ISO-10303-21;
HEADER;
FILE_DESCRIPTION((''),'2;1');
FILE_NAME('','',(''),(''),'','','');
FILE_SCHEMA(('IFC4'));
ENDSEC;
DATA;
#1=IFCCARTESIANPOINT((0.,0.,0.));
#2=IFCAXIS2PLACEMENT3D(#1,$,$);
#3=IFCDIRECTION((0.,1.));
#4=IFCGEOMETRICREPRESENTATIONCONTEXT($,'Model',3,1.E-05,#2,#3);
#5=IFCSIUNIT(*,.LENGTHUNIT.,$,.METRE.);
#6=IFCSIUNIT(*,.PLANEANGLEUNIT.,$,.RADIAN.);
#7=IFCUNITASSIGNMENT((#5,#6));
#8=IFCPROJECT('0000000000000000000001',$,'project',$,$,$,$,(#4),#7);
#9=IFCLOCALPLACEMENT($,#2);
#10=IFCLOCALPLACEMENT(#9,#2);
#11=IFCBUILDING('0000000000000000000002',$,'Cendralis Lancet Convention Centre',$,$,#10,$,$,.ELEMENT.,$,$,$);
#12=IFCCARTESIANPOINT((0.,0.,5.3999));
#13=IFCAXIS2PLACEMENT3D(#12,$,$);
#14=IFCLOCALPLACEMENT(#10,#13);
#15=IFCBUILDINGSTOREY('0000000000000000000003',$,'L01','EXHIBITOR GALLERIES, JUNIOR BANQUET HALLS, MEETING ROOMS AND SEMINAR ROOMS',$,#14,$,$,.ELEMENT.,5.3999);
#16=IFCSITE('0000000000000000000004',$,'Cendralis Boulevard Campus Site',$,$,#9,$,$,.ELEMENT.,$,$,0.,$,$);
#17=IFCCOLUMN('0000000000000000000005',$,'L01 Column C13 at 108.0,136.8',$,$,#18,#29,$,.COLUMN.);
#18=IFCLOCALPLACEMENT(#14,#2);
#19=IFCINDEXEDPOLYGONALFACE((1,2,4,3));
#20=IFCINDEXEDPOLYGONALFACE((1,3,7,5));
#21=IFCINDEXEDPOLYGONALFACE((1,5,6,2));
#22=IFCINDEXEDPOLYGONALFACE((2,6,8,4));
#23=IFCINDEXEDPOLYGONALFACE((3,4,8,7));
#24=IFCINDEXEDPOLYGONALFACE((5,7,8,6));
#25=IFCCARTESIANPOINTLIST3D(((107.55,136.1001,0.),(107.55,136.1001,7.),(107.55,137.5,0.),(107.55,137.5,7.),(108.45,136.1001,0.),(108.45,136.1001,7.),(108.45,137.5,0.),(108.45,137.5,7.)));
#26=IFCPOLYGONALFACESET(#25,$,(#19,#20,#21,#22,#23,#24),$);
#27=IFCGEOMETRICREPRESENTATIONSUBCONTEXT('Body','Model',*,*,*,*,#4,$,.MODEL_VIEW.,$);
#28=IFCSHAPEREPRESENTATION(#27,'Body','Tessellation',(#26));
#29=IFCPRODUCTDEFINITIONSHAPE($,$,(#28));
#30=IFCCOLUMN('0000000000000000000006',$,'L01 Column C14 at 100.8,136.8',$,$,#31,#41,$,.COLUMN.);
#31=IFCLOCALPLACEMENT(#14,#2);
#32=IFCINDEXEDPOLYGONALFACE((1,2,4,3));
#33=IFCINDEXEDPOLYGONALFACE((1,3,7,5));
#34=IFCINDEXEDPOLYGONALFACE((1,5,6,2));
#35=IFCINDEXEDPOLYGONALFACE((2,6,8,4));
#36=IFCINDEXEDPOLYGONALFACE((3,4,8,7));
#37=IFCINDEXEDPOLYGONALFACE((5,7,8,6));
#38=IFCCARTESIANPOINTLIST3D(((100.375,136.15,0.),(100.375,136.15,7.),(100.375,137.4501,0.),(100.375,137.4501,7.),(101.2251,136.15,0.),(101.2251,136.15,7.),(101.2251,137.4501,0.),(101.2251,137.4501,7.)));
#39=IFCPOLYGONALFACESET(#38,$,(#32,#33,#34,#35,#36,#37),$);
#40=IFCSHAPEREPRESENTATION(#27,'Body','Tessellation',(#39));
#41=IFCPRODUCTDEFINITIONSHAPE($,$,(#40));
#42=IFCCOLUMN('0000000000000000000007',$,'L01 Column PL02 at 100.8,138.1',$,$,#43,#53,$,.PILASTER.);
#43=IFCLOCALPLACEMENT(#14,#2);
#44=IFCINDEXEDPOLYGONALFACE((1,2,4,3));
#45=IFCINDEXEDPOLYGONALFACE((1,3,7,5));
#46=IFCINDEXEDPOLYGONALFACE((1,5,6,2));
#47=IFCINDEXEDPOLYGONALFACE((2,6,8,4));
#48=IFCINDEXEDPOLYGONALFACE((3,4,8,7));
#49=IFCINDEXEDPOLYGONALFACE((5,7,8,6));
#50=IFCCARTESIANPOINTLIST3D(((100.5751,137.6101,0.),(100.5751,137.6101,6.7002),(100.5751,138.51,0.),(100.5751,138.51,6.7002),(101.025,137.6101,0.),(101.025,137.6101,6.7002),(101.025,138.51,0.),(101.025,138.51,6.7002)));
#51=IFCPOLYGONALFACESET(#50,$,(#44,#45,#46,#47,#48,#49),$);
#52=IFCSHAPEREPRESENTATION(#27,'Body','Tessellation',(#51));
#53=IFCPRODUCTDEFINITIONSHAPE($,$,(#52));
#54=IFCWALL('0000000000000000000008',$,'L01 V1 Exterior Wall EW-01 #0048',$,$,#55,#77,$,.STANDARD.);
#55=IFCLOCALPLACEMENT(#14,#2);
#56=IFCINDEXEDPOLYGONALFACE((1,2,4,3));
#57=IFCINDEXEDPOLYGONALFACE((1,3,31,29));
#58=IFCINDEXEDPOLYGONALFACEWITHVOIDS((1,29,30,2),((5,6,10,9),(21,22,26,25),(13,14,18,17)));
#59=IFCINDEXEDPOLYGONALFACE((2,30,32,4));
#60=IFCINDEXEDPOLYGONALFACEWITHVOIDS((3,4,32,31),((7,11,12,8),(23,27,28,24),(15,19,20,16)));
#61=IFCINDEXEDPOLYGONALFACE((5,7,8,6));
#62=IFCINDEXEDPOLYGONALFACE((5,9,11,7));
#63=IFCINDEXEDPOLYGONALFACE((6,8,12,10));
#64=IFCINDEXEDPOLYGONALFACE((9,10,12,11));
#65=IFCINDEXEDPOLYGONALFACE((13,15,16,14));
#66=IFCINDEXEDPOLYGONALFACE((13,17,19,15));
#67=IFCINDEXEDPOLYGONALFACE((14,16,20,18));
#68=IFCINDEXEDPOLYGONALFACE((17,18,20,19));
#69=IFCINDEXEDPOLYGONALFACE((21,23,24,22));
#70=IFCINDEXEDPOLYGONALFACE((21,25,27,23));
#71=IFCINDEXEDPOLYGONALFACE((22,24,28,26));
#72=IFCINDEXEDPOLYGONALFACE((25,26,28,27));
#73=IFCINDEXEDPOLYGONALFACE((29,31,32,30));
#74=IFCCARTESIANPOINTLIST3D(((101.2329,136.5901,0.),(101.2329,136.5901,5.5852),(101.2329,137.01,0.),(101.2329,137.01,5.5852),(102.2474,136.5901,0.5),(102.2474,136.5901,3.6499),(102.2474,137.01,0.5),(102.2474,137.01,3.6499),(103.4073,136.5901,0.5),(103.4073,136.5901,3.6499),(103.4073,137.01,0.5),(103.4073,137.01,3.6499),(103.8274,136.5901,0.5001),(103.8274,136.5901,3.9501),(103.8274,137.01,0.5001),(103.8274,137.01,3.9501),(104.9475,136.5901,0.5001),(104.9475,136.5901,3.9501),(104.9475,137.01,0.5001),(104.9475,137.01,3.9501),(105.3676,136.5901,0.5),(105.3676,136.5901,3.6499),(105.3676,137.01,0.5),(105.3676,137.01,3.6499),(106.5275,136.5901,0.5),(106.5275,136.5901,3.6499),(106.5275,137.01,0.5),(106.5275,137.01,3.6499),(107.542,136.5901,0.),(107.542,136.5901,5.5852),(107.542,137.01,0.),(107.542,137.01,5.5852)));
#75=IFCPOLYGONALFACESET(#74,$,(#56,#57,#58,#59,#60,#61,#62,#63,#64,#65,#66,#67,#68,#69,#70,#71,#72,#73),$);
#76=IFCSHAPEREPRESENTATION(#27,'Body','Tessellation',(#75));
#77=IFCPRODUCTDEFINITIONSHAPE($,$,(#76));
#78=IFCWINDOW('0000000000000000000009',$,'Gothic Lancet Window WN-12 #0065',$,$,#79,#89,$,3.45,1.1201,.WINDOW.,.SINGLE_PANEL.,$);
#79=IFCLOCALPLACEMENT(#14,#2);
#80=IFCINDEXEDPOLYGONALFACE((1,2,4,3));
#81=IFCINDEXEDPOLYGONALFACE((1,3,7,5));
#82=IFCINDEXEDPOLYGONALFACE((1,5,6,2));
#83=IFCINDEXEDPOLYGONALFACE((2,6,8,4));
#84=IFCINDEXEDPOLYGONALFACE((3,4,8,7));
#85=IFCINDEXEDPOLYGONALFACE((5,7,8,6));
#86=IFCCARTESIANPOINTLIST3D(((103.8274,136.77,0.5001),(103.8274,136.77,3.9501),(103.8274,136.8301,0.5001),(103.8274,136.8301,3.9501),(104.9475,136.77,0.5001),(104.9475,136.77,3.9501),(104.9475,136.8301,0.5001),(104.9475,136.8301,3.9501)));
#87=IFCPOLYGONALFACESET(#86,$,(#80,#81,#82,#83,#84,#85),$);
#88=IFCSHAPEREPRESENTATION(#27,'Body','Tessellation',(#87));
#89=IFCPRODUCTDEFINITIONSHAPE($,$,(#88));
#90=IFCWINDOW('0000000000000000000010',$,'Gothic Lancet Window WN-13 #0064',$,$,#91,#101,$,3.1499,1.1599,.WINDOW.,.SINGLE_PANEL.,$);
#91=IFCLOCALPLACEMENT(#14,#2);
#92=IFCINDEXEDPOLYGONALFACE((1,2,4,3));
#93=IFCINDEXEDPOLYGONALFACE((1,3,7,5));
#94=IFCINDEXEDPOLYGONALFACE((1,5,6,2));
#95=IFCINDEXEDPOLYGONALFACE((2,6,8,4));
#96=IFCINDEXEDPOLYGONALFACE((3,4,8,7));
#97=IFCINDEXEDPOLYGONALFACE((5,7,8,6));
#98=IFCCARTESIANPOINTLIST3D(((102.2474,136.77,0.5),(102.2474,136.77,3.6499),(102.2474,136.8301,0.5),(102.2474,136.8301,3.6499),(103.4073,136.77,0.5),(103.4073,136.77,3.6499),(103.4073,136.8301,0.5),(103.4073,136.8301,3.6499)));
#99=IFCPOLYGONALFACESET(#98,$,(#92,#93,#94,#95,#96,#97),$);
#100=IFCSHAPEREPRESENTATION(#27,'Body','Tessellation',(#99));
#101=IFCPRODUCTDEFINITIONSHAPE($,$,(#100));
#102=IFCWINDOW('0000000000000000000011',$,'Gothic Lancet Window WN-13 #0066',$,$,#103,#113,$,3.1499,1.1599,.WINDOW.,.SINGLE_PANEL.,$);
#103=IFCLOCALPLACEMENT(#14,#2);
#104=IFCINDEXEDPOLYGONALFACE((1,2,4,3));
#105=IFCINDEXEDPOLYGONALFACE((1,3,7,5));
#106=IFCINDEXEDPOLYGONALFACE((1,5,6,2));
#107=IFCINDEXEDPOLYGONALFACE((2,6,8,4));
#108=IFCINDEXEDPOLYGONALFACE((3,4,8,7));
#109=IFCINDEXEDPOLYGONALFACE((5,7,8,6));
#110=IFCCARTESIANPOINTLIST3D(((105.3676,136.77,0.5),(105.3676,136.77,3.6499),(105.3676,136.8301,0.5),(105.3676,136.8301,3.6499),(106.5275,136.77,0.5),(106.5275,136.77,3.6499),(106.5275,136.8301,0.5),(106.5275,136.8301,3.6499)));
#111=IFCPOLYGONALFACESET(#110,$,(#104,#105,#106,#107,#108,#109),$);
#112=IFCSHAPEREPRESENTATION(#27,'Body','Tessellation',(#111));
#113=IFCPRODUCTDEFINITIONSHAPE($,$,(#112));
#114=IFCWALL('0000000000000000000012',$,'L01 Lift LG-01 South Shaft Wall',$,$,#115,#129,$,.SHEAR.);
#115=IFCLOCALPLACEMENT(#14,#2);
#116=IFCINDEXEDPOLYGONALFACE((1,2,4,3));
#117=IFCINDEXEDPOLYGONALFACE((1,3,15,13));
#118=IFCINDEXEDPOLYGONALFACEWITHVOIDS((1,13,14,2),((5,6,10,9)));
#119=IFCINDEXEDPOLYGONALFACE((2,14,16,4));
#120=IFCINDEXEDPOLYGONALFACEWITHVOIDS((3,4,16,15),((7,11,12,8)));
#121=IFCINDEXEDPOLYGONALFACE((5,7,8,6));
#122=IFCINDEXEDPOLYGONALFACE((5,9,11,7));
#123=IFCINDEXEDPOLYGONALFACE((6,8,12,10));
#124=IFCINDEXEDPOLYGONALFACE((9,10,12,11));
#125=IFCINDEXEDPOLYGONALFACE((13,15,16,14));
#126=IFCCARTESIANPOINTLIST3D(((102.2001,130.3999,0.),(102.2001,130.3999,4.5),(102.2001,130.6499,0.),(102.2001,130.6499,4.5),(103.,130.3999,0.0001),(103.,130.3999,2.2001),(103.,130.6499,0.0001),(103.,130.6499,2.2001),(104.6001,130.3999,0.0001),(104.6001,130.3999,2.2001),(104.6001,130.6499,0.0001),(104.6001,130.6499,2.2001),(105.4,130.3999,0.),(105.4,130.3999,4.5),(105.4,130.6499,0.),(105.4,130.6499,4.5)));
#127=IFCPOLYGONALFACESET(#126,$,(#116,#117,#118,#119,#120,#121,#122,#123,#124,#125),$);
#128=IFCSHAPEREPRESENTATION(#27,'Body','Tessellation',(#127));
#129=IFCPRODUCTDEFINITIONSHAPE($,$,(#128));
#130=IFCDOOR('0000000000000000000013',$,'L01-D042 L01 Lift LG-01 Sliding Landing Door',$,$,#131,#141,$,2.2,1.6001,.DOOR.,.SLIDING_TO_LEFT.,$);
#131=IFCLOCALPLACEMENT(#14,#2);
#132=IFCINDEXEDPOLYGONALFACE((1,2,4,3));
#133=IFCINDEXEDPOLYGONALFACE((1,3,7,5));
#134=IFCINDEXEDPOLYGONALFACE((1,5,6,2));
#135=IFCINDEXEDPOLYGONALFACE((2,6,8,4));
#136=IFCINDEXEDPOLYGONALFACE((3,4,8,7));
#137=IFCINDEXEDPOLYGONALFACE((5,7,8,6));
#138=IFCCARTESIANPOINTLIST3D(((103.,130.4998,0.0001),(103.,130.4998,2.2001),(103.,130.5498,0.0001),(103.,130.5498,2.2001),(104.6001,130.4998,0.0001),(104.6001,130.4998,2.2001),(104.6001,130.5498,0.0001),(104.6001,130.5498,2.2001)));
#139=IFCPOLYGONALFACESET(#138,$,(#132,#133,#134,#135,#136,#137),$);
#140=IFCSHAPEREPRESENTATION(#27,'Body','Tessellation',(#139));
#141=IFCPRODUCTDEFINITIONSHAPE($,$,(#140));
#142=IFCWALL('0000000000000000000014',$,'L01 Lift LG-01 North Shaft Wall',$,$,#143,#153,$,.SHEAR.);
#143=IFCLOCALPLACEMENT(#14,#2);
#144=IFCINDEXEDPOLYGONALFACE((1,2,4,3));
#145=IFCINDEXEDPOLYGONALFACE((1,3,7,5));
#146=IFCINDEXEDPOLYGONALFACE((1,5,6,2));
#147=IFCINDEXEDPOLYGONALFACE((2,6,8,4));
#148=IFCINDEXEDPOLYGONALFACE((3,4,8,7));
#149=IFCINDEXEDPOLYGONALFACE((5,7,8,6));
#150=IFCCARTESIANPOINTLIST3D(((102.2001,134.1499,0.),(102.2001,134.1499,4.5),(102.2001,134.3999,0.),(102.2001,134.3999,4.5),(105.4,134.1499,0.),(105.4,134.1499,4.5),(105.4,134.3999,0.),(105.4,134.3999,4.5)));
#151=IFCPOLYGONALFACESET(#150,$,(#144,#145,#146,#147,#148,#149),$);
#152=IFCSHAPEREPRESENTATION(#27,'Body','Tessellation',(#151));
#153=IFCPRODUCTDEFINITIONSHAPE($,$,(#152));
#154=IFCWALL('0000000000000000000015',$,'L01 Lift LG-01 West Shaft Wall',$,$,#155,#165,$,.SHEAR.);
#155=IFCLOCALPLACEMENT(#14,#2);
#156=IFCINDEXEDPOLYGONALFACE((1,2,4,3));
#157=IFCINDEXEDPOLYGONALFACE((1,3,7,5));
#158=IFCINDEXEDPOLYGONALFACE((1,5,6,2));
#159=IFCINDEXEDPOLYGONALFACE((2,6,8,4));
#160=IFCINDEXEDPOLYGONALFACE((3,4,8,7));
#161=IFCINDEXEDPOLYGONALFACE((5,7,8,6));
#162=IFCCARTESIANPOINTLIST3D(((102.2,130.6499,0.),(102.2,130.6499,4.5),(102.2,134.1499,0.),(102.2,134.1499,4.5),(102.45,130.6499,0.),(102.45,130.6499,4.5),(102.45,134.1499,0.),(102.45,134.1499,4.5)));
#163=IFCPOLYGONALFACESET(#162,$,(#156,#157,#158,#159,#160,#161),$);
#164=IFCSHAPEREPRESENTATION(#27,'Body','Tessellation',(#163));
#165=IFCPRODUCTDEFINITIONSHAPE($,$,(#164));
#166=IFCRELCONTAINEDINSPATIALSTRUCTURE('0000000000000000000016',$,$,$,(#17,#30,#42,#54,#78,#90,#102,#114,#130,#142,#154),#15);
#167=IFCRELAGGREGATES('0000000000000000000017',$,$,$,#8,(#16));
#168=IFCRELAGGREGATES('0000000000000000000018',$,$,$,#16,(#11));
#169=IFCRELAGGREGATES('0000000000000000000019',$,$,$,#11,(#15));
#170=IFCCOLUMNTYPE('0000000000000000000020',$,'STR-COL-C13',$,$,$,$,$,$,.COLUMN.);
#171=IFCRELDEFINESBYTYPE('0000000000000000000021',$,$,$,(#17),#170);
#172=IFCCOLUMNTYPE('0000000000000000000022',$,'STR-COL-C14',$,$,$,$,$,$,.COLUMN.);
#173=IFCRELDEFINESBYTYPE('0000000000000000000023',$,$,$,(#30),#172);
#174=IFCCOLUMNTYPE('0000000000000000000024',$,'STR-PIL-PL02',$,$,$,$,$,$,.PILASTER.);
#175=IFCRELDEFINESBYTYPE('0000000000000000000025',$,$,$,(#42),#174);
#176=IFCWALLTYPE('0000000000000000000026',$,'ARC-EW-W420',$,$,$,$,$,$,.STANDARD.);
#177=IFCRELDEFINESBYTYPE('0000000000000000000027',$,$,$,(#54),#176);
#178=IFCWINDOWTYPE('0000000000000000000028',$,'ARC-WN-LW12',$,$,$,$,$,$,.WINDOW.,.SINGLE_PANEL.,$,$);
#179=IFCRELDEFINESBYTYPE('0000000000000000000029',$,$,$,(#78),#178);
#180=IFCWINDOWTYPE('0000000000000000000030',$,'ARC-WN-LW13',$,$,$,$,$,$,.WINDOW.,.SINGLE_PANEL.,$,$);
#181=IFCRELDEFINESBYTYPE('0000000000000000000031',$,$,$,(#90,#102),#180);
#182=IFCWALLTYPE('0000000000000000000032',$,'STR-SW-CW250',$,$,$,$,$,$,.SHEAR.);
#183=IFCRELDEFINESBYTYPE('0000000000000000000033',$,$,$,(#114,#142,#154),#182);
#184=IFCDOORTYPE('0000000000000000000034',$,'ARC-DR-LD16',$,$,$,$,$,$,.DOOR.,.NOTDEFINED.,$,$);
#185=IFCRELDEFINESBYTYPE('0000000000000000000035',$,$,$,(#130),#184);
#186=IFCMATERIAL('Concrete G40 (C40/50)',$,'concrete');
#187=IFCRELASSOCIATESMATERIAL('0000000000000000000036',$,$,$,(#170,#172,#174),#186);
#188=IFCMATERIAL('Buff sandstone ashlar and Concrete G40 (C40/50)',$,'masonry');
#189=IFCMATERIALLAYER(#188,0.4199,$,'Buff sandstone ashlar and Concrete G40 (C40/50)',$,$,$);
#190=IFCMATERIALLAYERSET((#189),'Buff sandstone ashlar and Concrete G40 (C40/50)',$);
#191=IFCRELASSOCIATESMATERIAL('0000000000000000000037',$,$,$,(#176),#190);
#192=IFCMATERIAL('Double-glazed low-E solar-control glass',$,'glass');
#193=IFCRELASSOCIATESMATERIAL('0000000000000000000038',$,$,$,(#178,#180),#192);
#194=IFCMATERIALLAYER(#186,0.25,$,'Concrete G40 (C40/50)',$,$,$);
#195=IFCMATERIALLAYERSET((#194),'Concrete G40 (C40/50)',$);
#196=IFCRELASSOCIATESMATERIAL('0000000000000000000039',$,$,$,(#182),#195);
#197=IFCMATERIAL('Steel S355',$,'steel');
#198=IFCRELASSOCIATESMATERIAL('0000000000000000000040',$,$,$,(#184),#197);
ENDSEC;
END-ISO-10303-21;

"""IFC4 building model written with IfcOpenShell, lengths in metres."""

from ifc_helpers import new_model, si_unit, direction, frame, frame_2d, origin, origin_2d, place, context, subcontext, project, spatial, rectangle, extrude, material, layer, layer_set, material_profile, profile_set, type_object, element, fill, save


model = new_model("IFC4")

# Units and contexts
model_context = context("Model", 3, precision=1e-05, world=origin(), true_north=direction((0.0, 1.0)))
body_context = subcontext(model_context, "Body", "Model", "MODEL_VIEW")
ifc_project = project(units=[si_unit("LENGTHUNIT", "METRE"), si_unit("PLANEANGLEUNIT", "RADIAN")], contexts=[model_context])

# Site, building, storey
site_placement = place(None, origin())
site = spatial("IfcSite", under=ifc_project, at=site_placement, Name="Cendralis Boulevard Campus Site", CompositionType="ELEMENT", RefElevation=0.0)
building_placement = place(site_placement, origin())
building = spatial("IfcBuilding", under=site, at=building_placement, Name="Cendralis Lancet Convention Centre", CompositionType="ELEMENT")
storey_placement = place(building_placement, frame((0.0, 0.0, 5.3999)))
storey = spatial("IfcBuildingStorey", under=building, at=storey_placement, Name="L01", Description="EXHIBITOR GALLERIES, JUNIOR BANQUET HALLS, MEETING ROOMS AND SEMINAR ROOMS", CompositionType="ELEMENT", Elevation=5.3999)

# Columns
ifc_material_1 = material(Name="Concrete G40 (C40/50)", Category="concrete")
ifc_material_profile_1 = material_profile(ifc_material_1, rectangle(XDim=0.8999, YDim=1.3999, at=origin_2d()), Name="RC 900x1400")
ifc_profile_set_1 = profile_set([ifc_material_profile_1], Name="Concrete G40 (C40/50)")
column_type_1 = type_object("IfcColumnType", Name="STR-COL-C13", PredefinedType="COLUMN", material=ifc_profile_set_1)
column_1_placement = place(storey_placement, frame((108.0, 136.8, 0.0), z_axis=(0.0, 0.0, 1.0), x_axis=(1.0, 0.0, 0.0)))
element("IfcColumn", 1, at=column_1_placement, inside=storey, type_object=column_type_1, Name="L01 Column C13 at 108.0,136.8", PredefinedType="COLUMN", context=body_context, shape_type="SweptSolid", body=[
    extrude(rectangle(XDim=0.8999, YDim=1.3999, at=origin_2d()), origin(), (0.0, 0.0, 1.0), 7.0),
])
ifc_material_profile_2 = material_profile(ifc_material_1, rectangle(XDim=0.8501, YDim=1.3, at=origin_2d()), Name="RC 850x1300")
ifc_profile_set_2 = profile_set([ifc_material_profile_2], Name="Concrete G40 (C40/50)")
column_type_2 = type_object("IfcColumnType", Name="STR-COL-C14", PredefinedType="COLUMN", material=ifc_profile_set_2)
column_2_placement = place(storey_placement, frame((100.8, 136.8, 0.0), z_axis=(0.0, 0.0, 1.0), x_axis=(1.0, 0.0, 0.0)))
element("IfcColumn", 2, at=column_2_placement, inside=storey, type_object=column_type_2, Name="L01 Column C14 at 100.8,136.8", PredefinedType="COLUMN", context=body_context, shape_type="SweptSolid", body=[
    extrude(rectangle(XDim=0.8501, YDim=1.3, at=origin_2d()), origin(), (0.0, 0.0, 1.0), 7.0),
])
ifc_material_profile_3 = material_profile(ifc_material_1, rectangle(XDim=0.45, YDim=0.8999, at=origin_2d()), Name="RC 450x900")
ifc_profile_set_3 = profile_set([ifc_material_profile_3], Name="Concrete G40 (C40/50)")
column_type_3 = type_object("IfcColumnType", Name="STR-PIL-PL02", PredefinedType="PILASTER", material=ifc_profile_set_3)
column_3_placement = place(storey_placement, frame((100.8, 138.0601, 0.0), z_axis=(0.0, 0.0, 1.0), x_axis=(1.0, 0.0, 0.0)))
element("IfcColumn", 3, at=column_3_placement, inside=storey, type_object=column_type_3, Name="L01 Column PL02 at 100.8,138.1", PredefinedType="PILASTER", context=body_context, shape_type="SweptSolid", body=[
    extrude(rectangle(XDim=0.45, YDim=0.8999, at=origin_2d()), origin(), (0.0, 0.0, 1.0), 6.7002),
])

# Wall, openings, windows
ifc_material_2 = material(Name="Buff sandstone ashlar and Concrete G40 (C40/50)", Category="masonry")
ifc_layer_1 = layer(ifc_material_2, 0.4199, Name="Buff sandstone ashlar and Concrete G40 (C40/50)")
ifc_layer_set_1 = layer_set([ifc_layer_1], Name="Buff sandstone ashlar and Concrete G40 (C40/50)")
wall_type_1 = type_object("IfcWallType", Name="ARC-EW-W420", PredefinedType="STANDARD", material=ifc_layer_set_1)
wall_1_placement = place(storey_placement, frame((101.2329, 136.8, 0.0), z_axis=(0.0, 0.0, 1.0), x_axis=(1.0, 0.0, 0.0)))
wall_1 = element("IfcWall", 4, at=wall_1_placement, inside=storey, type_object=wall_type_1, Name="L01 V1 Exterior Wall EW-01 #0048", PredefinedType="STANDARD", context=body_context, shape_type="SweptSolid", body=[
    extrude(rectangle(XDim=6.3091, YDim=0.4199, at=frame_2d((3.1545, 0.0))), origin(), (0.0, 0.0, 1.0), 5.5852),
])
opening_1_placement = place(wall_1_placement, frame((1.0144, 0.0, 0.5)))
opening_1 = element("IfcOpeningElement", 5, at=opening_1_placement, cuts=wall_1, PredefinedType="OPENING", context=body_context, shape_type="SweptSolid", body=[
    extrude(rectangle(XDim=1.1599, YDim=3.1499, at=frame_2d((0.5801, 1.575))), frame((0.0, 0.22, 0.0), z_axis=(0.0, -1.0, 0.0), x_axis=(1.0, 0.0, 0.0)), (0.0, 0.0, 1.0), 0.4399),
])
opening_2_placement = place(wall_1_placement, frame((2.5945, 0.0, 0.5)))
opening_2 = element("IfcOpeningElement", 6, at=opening_2_placement, cuts=wall_1, PredefinedType="OPENING", context=body_context, shape_type="SweptSolid", body=[
    extrude(rectangle(XDim=1.1201, YDim=3.45, at=frame_2d((0.5601, 1.7251))), frame((0.0, 0.22, 0.0), z_axis=(0.0, -1.0, 0.0), x_axis=(1.0, 0.0, 0.0)), (0.0, 0.0, 1.0), 0.4399),
])
opening_3_placement = place(wall_1_placement, frame((4.1345, 0.0, 0.5)))
opening_3 = element("IfcOpeningElement", 7, at=opening_3_placement, cuts=wall_1, PredefinedType="OPENING", context=body_context, shape_type="SweptSolid", body=[
    extrude(rectangle(XDim=1.1599, YDim=3.1499, at=frame_2d((0.5801, 1.575))), frame((0.0, 0.22, 0.0), z_axis=(0.0, -1.0, 0.0), x_axis=(1.0, 0.0, 0.0)), (0.0, 0.0, 1.0), 0.4399),
])
ifc_material_3 = material(Name="Double-glazed low-E solar-control glass", Category="glass")
window_type_1 = type_object("IfcWindowType", Name="ARC-WN-LW12", PartitioningType="SINGLE_PANEL", PredefinedType="WINDOW", material=ifc_material_3)
window_1_placement = place(opening_2_placement, origin())
window_1 = element("IfcWindow", 8, at=window_1_placement, inside=storey, type_object=window_type_1, Name="Gothic Lancet Window WN-12 #0065", OverallHeight=3.45, OverallWidth=1.1201, PartitioningType="SINGLE_PANEL", PredefinedType="WINDOW", context=body_context, shape_type="SweptSolid", body=[
    extrude(rectangle(XDim=1.1201, YDim=3.45, at=frame_2d((0.5601, 1.7251))), frame((0.0, 0.03, 0.0), z_axis=(0.0, -1.0, 0.0), x_axis=(1.0, 0.0, 0.0)), (0.0, 0.0, 1.0), 0.0601),
])
fill(opening_2, window_1)
window_type_2 = type_object("IfcWindowType", Name="ARC-WN-LW13", PartitioningType="SINGLE_PANEL", PredefinedType="WINDOW", material=ifc_material_3)
window_2_placement = place(opening_1_placement, origin())
window_2 = element("IfcWindow", 9, at=window_2_placement, inside=storey, type_object=window_type_2, Name="Gothic Lancet Window WN-13 #0064", OverallHeight=3.1499, OverallWidth=1.1599, PartitioningType="SINGLE_PANEL", PredefinedType="WINDOW", context=body_context, shape_type="SweptSolid", body=[
    extrude(rectangle(XDim=1.1599, YDim=3.1499, at=frame_2d((0.5801, 1.575))), frame((0.0, 0.03, 0.0), z_axis=(0.0, -1.0, 0.0), x_axis=(1.0, 0.0, 0.0)), (0.0, 0.0, 1.0), 0.0601),
])
fill(opening_1, window_2)
window_3_placement = place(opening_3_placement, origin())
window_3 = element("IfcWindow", 10, at=window_3_placement, inside=storey, type_object=window_type_2, Name="Gothic Lancet Window WN-13 #0066", OverallHeight=3.1499, OverallWidth=1.1599, PartitioningType="SINGLE_PANEL", PredefinedType="WINDOW", context=body_context, shape_type="SweptSolid", body=[
    extrude(rectangle(XDim=1.1599, YDim=3.1499, at=frame_2d((0.5801, 1.575))), frame((0.0, 0.03, 0.0), z_axis=(0.0, -1.0, 0.0), x_axis=(1.0, 0.0, 0.0)), (0.0, 0.0, 1.0), 0.0601),
])
fill(opening_3, window_3)

# Wall, opening, door
ifc_layer_2 = layer(ifc_material_1, 0.25, Name="Concrete G40 (C40/50)")
ifc_layer_set_2 = layer_set([ifc_layer_2], Name="Concrete G40 (C40/50)")
wall_type_2 = type_object("IfcWallType", Name="STR-SW-CW250", PredefinedType="SHEAR", material=ifc_layer_set_2)
wall_2_placement = place(storey_placement, frame((102.2, 130.5249, 0.0), z_axis=(0.0, 0.0, 1.0), x_axis=(1.0, 0.0, 0.0)))
wall_2 = element("IfcWall", 11, at=wall_2_placement, inside=storey, type_object=wall_type_2, Name="L01 Lift LG-01 South Shaft Wall", PredefinedType="SHEAR", context=body_context, shape_type="SweptSolid", body=[
    extrude(rectangle(XDim=3.2, YDim=0.25, at=frame_2d((1.6001, 0.0))), origin(), (0.0, 0.0, 1.0), 4.5),
])
opening_4_placement = place(wall_2_placement, frame((0.8, 0.0, 0.0)))
opening_4 = element("IfcOpeningElement", 12, at=opening_4_placement, cuts=wall_2, PredefinedType="OPENING", context=body_context, shape_type="SweptSolid", body=[
    extrude(rectangle(XDim=1.6001, YDim=2.2, at=frame_2d((0.8, 1.1001))), frame((0.0, 0.135, 0.0), z_axis=(0.0, -1.0, 0.0), x_axis=(1.0, 0.0, 0.0)), (0.0, 0.0, 1.0), 0.27),
])
ifc_material_4 = material(Name="Steel S355", Category="steel")
door_type = type_object("IfcDoorType", Name="ARC-DR-LD16", OperationType="NOTDEFINED", PredefinedType="DOOR", material=ifc_material_4)
door_placement = place(opening_4_placement, origin())
door = element("IfcDoor", 13, at=door_placement, inside=storey, type_object=door_type, Name="L01-D042 L01 Lift LG-01 Sliding Landing Door", OperationType="SLIDING_TO_LEFT", OverallHeight=2.2, OverallWidth=1.6001, PredefinedType="DOOR", context=body_context, shape_type="SweptSolid", body=[
    extrude(rectangle(XDim=1.6001, YDim=2.2, at=frame_2d((0.8, 1.1001))), frame((0.0, 0.0249, 0.0), z_axis=(0.0, -1.0, 0.0), x_axis=(1.0, 0.0, 0.0)), (0.0, 0.0, 1.0), 0.05),
])
fill(opening_4, door)

# Walls
wall_3_placement = place(storey_placement, frame((102.2, 134.2749, 0.0), z_axis=(0.0, 0.0, 1.0), x_axis=(1.0, 0.0, 0.0)))
element("IfcWall", 14, at=wall_3_placement, inside=storey, type_object=wall_type_2, Name="L01 Lift LG-01 North Shaft Wall", PredefinedType="SHEAR", context=body_context, shape_type="SweptSolid", body=[
    extrude(rectangle(XDim=3.2, YDim=0.25, at=frame_2d((1.6001, 0.0))), origin(), (0.0, 0.0, 1.0), 4.5),
])
for number, where, z_axis, x_axis, name in (
    (15, (102.325, 130.6499, 0.0), (0.0, 0.0, 1.0), (0.0, 1.0, 0.0), "L01 Lift LG-01 West Shaft Wall"),
):
    element("IfcWall", number, at=place(storey_placement, frame(where, z_axis=z_axis, x_axis=x_axis)), inside=storey, type_object=wall_type_2, Name=name, PredefinedType="SHEAR", context=body_context, shape_type="SweptSolid", body=[
        extrude(rectangle(XDim=3.5, YDim=0.25, at=frame_2d((1.75, 0.0))), origin(), (0.0, 0.0, 1.0), 4.5),
    ])

save(model, "model.ifc")
